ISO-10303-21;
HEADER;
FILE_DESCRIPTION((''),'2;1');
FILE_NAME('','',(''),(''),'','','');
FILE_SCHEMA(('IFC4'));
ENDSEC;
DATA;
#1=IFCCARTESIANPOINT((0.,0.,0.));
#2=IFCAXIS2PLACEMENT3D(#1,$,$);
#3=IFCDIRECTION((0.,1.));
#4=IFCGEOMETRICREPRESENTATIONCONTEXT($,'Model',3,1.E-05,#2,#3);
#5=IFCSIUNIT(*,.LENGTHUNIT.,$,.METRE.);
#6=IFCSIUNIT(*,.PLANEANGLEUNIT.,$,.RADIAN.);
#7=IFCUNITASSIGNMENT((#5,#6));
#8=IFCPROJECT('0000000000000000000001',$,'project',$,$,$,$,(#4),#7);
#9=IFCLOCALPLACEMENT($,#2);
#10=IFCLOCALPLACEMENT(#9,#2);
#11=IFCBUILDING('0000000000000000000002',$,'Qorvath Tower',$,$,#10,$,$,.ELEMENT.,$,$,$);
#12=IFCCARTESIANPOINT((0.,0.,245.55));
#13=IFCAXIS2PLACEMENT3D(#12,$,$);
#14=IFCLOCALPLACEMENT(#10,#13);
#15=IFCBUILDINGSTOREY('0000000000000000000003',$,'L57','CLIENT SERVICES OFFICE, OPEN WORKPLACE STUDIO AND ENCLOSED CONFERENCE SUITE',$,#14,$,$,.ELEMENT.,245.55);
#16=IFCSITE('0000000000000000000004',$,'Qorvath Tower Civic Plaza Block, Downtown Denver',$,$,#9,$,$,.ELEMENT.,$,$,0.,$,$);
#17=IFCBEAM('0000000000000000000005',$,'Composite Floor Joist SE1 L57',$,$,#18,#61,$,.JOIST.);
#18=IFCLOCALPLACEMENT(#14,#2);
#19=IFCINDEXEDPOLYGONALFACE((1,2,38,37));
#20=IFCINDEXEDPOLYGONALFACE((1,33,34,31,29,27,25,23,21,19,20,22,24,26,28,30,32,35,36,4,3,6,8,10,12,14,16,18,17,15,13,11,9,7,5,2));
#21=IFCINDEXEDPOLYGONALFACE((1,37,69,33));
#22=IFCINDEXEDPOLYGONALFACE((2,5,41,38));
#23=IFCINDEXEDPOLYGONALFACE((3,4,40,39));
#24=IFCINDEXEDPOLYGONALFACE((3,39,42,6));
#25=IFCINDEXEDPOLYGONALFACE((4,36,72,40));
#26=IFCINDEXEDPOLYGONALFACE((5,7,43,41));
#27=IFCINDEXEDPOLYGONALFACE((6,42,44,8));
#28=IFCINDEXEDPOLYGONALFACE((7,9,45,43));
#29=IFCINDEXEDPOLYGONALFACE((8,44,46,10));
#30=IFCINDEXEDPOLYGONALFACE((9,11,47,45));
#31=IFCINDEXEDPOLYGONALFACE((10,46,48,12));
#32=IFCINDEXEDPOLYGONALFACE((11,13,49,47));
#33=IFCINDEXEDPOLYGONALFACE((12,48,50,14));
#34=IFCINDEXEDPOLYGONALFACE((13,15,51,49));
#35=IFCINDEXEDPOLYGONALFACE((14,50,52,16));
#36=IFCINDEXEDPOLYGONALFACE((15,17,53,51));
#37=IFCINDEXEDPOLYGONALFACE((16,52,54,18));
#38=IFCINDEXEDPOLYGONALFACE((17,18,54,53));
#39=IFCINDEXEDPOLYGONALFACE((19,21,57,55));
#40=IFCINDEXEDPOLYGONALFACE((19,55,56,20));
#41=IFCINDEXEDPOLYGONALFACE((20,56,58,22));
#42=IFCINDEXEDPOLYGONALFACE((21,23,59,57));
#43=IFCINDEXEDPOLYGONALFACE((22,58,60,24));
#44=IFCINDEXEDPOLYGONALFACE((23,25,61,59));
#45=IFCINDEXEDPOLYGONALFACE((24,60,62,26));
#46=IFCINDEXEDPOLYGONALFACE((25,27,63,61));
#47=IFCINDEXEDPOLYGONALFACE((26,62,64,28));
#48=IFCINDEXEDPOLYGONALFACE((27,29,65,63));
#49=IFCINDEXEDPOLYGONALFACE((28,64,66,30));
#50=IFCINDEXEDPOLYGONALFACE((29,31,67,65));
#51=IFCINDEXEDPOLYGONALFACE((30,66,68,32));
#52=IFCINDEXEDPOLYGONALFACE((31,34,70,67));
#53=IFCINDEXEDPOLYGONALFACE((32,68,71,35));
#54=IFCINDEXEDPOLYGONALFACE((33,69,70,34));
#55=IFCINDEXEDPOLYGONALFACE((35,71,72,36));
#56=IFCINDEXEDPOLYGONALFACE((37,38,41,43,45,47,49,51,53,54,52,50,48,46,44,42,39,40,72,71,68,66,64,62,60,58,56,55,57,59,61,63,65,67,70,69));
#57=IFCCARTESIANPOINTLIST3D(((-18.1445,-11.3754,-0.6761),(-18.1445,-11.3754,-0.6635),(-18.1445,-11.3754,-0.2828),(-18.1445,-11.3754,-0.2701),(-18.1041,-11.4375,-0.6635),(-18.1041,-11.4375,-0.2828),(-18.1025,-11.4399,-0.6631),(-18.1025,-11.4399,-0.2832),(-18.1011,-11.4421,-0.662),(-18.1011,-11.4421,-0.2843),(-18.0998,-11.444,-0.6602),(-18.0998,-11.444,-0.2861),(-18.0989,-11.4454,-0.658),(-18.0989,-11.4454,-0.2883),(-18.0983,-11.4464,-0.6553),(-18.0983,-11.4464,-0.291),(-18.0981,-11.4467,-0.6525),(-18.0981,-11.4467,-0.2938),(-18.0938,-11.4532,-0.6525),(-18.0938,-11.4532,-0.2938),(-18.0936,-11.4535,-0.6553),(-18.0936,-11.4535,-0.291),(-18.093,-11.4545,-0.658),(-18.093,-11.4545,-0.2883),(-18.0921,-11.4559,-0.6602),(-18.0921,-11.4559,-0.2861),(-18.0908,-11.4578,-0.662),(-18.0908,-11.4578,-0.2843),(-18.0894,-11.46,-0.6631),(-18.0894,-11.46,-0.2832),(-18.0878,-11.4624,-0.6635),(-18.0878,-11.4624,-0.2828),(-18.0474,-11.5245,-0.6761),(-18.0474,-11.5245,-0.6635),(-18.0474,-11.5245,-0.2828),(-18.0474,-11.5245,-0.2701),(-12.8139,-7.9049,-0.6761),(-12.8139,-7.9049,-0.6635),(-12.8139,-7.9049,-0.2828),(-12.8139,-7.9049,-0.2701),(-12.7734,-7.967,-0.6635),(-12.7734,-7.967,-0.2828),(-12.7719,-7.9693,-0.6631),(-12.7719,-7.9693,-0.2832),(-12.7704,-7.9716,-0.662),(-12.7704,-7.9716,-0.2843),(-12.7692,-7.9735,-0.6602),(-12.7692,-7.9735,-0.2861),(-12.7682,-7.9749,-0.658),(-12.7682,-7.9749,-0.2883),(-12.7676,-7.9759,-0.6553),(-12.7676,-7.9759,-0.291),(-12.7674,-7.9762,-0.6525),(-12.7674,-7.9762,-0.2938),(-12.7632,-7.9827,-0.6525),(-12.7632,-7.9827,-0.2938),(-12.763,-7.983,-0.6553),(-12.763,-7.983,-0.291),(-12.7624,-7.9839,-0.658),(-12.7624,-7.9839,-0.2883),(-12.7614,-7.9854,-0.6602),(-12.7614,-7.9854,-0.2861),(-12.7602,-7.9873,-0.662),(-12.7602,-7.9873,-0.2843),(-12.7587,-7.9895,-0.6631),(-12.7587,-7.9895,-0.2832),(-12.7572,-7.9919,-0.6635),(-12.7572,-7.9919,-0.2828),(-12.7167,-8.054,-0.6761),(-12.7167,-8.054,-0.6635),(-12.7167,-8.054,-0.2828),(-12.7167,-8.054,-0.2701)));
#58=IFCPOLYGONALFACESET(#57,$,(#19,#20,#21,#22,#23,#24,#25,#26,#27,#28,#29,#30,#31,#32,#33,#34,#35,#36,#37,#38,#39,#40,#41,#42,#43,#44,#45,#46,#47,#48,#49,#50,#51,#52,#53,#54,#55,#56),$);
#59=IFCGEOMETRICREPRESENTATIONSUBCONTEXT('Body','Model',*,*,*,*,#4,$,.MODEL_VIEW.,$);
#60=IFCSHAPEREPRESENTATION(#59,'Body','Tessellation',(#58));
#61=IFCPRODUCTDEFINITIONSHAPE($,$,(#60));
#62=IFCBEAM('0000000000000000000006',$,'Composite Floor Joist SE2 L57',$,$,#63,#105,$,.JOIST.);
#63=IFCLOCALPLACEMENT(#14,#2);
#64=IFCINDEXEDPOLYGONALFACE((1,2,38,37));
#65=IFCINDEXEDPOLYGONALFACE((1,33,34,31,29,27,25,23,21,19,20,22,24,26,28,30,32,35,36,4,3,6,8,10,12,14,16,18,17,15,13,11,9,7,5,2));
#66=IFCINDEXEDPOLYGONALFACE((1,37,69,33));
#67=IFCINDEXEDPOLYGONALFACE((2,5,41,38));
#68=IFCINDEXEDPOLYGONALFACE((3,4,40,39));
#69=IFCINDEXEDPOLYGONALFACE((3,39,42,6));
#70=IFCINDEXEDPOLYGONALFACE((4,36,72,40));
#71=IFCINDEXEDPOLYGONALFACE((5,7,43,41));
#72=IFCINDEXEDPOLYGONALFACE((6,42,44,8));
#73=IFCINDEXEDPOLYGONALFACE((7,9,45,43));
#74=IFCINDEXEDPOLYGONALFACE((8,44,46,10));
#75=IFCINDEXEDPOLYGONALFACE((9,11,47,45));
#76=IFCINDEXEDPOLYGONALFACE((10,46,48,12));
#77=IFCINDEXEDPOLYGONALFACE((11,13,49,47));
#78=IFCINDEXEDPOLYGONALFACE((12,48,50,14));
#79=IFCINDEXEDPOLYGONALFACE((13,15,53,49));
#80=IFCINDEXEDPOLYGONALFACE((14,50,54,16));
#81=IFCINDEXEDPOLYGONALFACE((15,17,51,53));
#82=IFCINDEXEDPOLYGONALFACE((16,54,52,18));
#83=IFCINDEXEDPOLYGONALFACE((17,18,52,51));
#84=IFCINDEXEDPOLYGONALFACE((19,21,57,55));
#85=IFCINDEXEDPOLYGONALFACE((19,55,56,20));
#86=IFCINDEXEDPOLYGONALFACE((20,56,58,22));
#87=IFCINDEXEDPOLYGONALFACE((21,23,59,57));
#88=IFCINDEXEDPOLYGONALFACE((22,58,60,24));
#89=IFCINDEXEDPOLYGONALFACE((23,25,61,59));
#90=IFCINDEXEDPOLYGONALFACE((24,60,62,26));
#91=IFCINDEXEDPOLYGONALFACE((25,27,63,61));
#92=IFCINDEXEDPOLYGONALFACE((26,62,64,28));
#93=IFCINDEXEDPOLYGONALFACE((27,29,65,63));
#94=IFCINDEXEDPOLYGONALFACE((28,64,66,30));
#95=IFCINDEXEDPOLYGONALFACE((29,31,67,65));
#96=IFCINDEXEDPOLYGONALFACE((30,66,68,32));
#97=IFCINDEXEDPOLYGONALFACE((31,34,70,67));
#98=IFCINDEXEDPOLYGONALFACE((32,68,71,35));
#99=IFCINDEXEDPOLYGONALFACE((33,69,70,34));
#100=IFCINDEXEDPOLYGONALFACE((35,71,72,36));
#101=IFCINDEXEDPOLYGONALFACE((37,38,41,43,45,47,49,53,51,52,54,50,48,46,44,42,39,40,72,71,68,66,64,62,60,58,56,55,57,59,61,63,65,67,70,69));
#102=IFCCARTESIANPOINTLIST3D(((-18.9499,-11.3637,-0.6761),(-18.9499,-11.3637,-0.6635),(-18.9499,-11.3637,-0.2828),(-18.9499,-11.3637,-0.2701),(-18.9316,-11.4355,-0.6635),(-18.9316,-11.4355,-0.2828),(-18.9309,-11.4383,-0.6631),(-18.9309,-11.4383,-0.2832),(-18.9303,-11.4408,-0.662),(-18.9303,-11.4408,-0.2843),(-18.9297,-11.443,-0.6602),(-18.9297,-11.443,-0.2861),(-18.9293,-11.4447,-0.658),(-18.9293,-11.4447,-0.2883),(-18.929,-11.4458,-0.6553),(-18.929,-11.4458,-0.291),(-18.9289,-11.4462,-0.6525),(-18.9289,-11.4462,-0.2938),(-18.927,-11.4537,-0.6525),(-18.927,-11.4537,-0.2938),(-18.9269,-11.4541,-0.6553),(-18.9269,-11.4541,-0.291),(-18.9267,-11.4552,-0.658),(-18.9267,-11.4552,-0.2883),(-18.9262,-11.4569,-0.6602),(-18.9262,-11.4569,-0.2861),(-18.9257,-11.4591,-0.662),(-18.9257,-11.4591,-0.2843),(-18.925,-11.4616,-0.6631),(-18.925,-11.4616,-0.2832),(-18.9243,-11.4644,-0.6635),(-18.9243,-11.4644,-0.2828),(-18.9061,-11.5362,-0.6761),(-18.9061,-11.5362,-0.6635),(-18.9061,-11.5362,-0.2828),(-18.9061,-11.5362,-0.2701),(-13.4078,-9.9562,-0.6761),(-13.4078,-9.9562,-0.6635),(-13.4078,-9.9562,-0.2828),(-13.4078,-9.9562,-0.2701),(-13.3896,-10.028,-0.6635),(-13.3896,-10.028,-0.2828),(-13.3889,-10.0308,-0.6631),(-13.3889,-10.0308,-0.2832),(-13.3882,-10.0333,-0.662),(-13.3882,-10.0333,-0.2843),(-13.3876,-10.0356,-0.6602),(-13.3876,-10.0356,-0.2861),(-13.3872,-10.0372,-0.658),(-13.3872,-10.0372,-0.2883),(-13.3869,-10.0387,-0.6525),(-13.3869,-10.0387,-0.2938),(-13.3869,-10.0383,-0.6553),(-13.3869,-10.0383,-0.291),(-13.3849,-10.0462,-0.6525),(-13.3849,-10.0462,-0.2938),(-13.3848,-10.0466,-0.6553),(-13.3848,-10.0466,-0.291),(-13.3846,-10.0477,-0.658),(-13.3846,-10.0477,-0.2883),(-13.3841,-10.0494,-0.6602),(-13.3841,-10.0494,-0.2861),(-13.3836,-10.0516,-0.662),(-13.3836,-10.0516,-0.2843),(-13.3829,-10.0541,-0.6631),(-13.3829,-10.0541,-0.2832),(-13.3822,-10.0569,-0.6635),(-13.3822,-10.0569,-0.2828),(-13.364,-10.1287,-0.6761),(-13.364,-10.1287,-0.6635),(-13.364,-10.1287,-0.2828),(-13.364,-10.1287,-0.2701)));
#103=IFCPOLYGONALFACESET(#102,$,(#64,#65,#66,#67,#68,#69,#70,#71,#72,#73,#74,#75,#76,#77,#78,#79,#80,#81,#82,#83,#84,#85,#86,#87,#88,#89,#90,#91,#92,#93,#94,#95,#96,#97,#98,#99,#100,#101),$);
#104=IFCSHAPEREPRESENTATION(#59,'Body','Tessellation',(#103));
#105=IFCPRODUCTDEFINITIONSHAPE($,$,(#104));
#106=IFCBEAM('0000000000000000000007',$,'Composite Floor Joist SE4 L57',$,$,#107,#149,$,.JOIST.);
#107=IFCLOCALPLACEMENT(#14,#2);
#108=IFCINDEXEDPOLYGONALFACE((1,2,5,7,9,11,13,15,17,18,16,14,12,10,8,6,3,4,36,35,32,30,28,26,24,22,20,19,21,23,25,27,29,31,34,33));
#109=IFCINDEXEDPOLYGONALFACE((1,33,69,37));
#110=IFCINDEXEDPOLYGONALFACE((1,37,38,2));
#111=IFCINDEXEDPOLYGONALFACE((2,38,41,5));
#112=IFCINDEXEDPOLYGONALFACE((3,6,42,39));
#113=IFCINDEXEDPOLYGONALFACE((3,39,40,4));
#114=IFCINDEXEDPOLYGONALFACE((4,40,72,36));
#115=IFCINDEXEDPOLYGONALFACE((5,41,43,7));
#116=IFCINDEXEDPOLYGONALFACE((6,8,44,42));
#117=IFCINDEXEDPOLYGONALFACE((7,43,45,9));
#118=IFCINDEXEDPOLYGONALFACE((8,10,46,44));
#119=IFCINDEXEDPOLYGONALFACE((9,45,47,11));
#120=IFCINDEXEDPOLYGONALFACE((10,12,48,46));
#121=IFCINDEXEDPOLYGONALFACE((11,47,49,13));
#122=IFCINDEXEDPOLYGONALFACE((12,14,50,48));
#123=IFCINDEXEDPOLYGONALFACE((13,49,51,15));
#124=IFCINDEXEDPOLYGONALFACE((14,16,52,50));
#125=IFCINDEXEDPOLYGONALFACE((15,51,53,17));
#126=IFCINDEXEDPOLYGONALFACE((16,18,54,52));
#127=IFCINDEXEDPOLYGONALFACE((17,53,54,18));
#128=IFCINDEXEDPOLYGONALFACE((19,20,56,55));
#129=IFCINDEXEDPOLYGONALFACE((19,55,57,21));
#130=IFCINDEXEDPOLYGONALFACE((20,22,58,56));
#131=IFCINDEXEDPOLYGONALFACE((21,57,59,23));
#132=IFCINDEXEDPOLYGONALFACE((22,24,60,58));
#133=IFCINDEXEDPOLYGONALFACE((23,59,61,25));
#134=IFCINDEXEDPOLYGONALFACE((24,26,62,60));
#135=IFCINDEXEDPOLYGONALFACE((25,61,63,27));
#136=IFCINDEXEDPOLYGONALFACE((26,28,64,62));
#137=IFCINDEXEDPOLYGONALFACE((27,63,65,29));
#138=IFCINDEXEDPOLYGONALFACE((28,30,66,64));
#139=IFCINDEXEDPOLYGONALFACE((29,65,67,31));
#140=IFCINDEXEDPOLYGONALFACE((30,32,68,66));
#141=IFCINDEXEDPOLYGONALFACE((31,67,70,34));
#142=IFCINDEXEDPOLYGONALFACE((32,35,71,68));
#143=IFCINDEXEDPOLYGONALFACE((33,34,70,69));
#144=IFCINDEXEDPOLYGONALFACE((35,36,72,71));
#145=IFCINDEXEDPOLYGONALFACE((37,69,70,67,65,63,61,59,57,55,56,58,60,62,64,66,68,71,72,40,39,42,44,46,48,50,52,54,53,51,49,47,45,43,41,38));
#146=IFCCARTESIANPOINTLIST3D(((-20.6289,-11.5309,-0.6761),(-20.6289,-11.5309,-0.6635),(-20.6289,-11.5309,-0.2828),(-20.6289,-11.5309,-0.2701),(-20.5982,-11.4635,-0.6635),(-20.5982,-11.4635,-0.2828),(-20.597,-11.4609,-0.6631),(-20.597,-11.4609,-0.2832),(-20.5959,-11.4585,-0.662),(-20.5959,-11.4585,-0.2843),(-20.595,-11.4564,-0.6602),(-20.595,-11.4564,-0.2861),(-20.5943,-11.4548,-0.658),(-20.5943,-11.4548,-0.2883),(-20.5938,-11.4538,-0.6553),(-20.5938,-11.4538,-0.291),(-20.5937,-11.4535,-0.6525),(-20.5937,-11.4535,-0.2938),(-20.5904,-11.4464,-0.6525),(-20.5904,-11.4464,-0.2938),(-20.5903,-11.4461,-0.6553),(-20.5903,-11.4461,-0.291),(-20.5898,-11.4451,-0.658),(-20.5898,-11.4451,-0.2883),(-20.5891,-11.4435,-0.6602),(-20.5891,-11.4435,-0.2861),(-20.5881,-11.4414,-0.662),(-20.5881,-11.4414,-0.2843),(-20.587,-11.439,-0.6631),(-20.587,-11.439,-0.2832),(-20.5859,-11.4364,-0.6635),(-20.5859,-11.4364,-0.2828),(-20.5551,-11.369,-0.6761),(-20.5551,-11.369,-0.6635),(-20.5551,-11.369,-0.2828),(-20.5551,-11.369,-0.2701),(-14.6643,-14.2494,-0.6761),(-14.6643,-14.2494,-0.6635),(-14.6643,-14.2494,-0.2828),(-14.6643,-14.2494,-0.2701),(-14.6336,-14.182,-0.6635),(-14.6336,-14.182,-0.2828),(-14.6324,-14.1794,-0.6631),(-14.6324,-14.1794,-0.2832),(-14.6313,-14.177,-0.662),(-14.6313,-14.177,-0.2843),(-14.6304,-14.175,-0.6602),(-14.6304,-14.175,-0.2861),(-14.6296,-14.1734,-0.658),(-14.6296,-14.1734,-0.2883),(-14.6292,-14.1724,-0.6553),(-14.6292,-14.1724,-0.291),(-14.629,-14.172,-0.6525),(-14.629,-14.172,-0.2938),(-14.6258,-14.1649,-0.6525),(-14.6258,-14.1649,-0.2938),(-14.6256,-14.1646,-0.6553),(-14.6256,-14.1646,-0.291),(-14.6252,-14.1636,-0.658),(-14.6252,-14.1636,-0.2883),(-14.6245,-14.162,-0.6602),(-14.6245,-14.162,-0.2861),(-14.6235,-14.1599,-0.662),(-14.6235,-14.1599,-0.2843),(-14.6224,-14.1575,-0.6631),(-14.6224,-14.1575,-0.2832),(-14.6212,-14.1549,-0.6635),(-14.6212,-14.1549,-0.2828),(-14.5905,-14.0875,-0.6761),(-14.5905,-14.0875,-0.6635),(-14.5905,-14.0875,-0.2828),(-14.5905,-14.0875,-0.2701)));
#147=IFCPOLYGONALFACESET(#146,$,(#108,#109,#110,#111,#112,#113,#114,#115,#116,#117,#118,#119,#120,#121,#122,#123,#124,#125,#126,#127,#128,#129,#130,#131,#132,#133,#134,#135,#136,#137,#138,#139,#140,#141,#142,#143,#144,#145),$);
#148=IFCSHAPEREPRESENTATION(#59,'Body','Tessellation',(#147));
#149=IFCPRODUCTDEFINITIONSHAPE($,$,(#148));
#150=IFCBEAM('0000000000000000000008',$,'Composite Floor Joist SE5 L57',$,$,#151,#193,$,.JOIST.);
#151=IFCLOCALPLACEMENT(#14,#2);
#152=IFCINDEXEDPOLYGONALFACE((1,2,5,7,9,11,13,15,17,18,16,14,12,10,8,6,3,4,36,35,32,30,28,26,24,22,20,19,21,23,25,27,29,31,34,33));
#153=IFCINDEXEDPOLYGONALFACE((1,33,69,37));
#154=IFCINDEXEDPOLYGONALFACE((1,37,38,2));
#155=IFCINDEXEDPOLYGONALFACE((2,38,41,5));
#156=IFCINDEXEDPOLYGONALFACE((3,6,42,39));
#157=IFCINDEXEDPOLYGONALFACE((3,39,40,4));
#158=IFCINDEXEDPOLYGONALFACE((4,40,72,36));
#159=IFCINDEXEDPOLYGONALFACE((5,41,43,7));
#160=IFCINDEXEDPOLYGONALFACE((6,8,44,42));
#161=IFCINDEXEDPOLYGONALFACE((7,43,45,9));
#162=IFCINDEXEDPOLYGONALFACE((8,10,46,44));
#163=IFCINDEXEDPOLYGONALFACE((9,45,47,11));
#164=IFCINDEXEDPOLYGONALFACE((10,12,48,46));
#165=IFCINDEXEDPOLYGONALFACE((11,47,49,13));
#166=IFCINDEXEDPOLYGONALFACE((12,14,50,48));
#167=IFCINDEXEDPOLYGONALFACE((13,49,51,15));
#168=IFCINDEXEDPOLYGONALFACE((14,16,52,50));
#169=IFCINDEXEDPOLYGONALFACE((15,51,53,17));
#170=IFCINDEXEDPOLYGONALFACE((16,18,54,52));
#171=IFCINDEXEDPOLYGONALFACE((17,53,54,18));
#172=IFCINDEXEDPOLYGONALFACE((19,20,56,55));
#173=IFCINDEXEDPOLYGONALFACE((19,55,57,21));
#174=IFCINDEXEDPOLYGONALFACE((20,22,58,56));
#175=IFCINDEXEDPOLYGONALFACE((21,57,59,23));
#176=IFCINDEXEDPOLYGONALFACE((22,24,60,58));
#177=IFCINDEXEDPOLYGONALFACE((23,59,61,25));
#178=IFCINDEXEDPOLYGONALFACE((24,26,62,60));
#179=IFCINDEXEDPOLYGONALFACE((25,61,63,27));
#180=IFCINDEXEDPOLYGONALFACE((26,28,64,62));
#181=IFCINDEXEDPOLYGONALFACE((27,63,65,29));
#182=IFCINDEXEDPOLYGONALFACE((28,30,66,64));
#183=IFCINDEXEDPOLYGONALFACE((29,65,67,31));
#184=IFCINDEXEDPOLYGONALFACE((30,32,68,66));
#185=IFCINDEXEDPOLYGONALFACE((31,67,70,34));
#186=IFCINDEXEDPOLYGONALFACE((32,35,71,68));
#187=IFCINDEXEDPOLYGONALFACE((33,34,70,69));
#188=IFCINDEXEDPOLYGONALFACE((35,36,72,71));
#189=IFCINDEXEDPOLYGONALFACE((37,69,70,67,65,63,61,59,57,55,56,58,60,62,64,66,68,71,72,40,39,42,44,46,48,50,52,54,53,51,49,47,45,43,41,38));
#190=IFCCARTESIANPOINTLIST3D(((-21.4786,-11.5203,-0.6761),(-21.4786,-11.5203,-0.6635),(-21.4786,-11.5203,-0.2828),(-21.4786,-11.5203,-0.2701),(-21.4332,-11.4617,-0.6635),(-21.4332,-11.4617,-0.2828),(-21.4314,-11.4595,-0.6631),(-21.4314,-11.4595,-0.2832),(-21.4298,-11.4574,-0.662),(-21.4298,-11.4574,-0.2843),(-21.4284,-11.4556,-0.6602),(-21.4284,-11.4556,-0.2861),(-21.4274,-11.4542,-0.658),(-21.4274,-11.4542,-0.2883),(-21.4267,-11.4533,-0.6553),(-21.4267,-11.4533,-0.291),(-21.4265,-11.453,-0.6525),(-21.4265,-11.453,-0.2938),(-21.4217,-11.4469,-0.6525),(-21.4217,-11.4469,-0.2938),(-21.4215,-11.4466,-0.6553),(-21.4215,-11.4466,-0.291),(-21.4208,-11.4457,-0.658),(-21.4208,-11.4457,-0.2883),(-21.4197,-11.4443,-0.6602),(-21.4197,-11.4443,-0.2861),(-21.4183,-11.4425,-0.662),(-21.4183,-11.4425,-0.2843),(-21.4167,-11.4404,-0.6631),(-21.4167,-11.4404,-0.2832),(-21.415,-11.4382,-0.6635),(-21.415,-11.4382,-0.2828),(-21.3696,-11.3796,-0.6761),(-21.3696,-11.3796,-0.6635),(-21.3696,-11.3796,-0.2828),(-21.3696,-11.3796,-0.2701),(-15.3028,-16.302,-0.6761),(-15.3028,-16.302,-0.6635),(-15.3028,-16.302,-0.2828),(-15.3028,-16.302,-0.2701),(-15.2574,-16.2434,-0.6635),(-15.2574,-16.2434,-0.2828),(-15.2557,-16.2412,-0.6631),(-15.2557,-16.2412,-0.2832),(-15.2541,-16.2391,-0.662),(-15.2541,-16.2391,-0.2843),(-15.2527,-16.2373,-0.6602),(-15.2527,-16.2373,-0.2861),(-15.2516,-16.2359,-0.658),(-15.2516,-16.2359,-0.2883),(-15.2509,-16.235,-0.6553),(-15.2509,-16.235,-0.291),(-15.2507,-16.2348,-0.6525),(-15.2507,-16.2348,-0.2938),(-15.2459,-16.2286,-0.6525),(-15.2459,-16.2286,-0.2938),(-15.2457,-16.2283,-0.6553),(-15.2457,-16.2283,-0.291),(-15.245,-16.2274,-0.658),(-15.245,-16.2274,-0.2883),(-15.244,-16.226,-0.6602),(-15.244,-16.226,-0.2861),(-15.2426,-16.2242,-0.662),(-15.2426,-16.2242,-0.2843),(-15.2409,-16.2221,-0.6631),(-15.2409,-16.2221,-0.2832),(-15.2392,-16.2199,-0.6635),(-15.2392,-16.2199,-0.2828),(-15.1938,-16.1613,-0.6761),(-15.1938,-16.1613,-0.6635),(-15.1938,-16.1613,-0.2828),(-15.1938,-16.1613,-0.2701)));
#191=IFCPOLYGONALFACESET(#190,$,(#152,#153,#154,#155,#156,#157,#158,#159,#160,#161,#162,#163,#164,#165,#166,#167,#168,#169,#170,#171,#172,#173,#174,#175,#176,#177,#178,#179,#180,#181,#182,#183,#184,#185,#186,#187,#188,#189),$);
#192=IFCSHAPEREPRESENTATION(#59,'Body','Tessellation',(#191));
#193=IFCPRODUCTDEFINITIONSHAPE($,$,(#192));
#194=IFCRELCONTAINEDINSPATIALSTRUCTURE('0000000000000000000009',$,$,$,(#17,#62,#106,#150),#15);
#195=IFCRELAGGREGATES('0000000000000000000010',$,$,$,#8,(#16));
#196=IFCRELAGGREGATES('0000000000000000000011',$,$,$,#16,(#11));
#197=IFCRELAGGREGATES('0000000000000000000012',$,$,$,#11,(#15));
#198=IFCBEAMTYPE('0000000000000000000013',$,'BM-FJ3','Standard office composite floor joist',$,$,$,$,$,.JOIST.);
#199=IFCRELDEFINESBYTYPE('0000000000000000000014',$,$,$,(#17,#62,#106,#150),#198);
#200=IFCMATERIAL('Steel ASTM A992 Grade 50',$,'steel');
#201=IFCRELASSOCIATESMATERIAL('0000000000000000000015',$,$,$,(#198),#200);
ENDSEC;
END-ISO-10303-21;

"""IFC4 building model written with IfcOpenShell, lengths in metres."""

from ifc_helpers import new_model, si_unit, direction, frame, origin, origin_2d, place, context, subcontext, project, spatial, i_section, extrude, material, material_profile, profile_set, type_object, element, save


model = new_model("IFC4")

# Units and contexts
model_context = context("Model", 3, precision=1e-05, world=origin(), true_north=direction((0.0, 1.0)))
body_context = subcontext(model_context, "Body", "Model", "MODEL_VIEW")
ifc_project = project(units=[si_unit("LENGTHUNIT", "METRE"), si_unit("PLANEANGLEUNIT", "RADIAN")], contexts=[model_context])

# Site, building, storey
site_placement = place(None, origin())
site = spatial("IfcSite", under=ifc_project, at=site_placement, Name="Qorvath Tower Civic Plaza Block, Downtown Denver", CompositionType="ELEMENT", RefElevation=0.0)
building_placement = place(site_placement, origin())
building = spatial("IfcBuilding", under=site, at=building_placement, Name="Qorvath Tower", CompositionType="ELEMENT")
storey_placement = place(building_placement, frame((0.0, 0.0, 245.55)))
storey = spatial("IfcBuildingStorey", under=building, at=storey_placement, Name="L57", Description="CLIENT SERVICES OFFICE, OPEN WORKPLACE STUDIO AND ENCLOSED CONFERENCE SUITE", CompositionType="ELEMENT", Elevation=245.55)

# Beams
ifc_material_1 = material(Name="Steel ASTM A992 Grade 50", Category="steel")
ifc_material_profile_1 = material_profile(ifc_material_1, i_section(OverallWidth=0.178, OverallDepth=0.406, WebThickness=0.0078, FlangeThickness=0.0127, FilletRadius=0.011, at=origin_2d()), Name="W16x40")
ifc_profile_set_1 = profile_set([ifc_material_profile_1], Name="Steel ASTM A992 Grade 50")
beam_type_1 = type_object("IfcBeamType", Name="BM-FJ3", Description="Standard office composite floor joist", PredefinedType="JOIST", material=ifc_profile_set_1)
beam_1_placement = place(storey_placement, frame((-18.0959, -11.45, -0.4731), z_axis=(0.838042, 0.545606, 0.0), x_axis=(-0.545606, 0.838042, 0.0)))
element("IfcBeam", 1, at=beam_1_placement, inside=storey, type_object=beam_type_1, Name="Composite Floor Joist SE1 L57", PredefinedType="JOIST", context=body_context, shape_type="SweptSolid", body=[
    extrude(i_section(OverallWidth=0.178, OverallDepth=0.406, WebThickness=0.0078, FlangeThickness=0.0127, FilletRadius=0.011, at=origin_2d()), origin(), (0.0, 0.0, 1.0), 6.3608),
])
beam_2_placement = place(storey_placement, frame((-18.928, -11.45, -0.4731), z_axis=(0.969232, 0.246151, 0.0), x_axis=(-0.246151, 0.969232, 0.0)))
element("IfcBeam", 2, at=beam_2_placement, inside=storey, type_object=beam_type_1, Name="Composite Floor Joist SE2 L57", PredefinedType="JOIST", context=body_context, shape_type="SweptSolid", body=[
    extrude(i_section(OverallWidth=0.178, OverallDepth=0.406, WebThickness=0.0078, FlangeThickness=0.0127, FilletRadius=0.011, at=origin_2d()), origin(), (0.0, 0.0, 1.0), 5.718),
])
beam_3_placement = place(storey_placement, frame((-20.592, -11.45, -0.4731), z_axis=(0.909945, -0.414729, 0.0), x_axis=(0.414729, 0.909945, 0.0)))
element("IfcBeam", 3, at=beam_3_placement, inside=storey, type_object=beam_type_1, Name="Composite Floor Joist SE4 L57", PredefinedType="JOIST", context=body_context, shape_type="SweptSolid", body=[
    extrude(i_section(OverallWidth=0.178, OverallDepth=0.406, WebThickness=0.0078, FlangeThickness=0.0127, FilletRadius=0.011, at=origin_2d()), origin(), (0.0, 0.0, 1.0), 6.5549),
])
beam_4_placement = place(storey_placement, frame((-21.4241, -11.45, -0.4731), z_axis=(0.790693, -0.612212, 0.0), x_axis=(0.612212, 0.790693, 0.0)))
element("IfcBeam", 4, at=beam_4_placement, inside=storey, type_object=beam_type_1, Name="Composite Floor Joist SE5 L57", PredefinedType="JOIST", context=body_context, shape_type="SweptSolid", body=[
    extrude(i_section(OverallWidth=0.178, OverallDepth=0.406, WebThickness=0.0078, FlangeThickness=0.0127, FilletRadius=0.011, at=origin_2d()), origin(), (0.0, 0.0, 1.0), 7.8105),
])

save(model, "model.ifc")
